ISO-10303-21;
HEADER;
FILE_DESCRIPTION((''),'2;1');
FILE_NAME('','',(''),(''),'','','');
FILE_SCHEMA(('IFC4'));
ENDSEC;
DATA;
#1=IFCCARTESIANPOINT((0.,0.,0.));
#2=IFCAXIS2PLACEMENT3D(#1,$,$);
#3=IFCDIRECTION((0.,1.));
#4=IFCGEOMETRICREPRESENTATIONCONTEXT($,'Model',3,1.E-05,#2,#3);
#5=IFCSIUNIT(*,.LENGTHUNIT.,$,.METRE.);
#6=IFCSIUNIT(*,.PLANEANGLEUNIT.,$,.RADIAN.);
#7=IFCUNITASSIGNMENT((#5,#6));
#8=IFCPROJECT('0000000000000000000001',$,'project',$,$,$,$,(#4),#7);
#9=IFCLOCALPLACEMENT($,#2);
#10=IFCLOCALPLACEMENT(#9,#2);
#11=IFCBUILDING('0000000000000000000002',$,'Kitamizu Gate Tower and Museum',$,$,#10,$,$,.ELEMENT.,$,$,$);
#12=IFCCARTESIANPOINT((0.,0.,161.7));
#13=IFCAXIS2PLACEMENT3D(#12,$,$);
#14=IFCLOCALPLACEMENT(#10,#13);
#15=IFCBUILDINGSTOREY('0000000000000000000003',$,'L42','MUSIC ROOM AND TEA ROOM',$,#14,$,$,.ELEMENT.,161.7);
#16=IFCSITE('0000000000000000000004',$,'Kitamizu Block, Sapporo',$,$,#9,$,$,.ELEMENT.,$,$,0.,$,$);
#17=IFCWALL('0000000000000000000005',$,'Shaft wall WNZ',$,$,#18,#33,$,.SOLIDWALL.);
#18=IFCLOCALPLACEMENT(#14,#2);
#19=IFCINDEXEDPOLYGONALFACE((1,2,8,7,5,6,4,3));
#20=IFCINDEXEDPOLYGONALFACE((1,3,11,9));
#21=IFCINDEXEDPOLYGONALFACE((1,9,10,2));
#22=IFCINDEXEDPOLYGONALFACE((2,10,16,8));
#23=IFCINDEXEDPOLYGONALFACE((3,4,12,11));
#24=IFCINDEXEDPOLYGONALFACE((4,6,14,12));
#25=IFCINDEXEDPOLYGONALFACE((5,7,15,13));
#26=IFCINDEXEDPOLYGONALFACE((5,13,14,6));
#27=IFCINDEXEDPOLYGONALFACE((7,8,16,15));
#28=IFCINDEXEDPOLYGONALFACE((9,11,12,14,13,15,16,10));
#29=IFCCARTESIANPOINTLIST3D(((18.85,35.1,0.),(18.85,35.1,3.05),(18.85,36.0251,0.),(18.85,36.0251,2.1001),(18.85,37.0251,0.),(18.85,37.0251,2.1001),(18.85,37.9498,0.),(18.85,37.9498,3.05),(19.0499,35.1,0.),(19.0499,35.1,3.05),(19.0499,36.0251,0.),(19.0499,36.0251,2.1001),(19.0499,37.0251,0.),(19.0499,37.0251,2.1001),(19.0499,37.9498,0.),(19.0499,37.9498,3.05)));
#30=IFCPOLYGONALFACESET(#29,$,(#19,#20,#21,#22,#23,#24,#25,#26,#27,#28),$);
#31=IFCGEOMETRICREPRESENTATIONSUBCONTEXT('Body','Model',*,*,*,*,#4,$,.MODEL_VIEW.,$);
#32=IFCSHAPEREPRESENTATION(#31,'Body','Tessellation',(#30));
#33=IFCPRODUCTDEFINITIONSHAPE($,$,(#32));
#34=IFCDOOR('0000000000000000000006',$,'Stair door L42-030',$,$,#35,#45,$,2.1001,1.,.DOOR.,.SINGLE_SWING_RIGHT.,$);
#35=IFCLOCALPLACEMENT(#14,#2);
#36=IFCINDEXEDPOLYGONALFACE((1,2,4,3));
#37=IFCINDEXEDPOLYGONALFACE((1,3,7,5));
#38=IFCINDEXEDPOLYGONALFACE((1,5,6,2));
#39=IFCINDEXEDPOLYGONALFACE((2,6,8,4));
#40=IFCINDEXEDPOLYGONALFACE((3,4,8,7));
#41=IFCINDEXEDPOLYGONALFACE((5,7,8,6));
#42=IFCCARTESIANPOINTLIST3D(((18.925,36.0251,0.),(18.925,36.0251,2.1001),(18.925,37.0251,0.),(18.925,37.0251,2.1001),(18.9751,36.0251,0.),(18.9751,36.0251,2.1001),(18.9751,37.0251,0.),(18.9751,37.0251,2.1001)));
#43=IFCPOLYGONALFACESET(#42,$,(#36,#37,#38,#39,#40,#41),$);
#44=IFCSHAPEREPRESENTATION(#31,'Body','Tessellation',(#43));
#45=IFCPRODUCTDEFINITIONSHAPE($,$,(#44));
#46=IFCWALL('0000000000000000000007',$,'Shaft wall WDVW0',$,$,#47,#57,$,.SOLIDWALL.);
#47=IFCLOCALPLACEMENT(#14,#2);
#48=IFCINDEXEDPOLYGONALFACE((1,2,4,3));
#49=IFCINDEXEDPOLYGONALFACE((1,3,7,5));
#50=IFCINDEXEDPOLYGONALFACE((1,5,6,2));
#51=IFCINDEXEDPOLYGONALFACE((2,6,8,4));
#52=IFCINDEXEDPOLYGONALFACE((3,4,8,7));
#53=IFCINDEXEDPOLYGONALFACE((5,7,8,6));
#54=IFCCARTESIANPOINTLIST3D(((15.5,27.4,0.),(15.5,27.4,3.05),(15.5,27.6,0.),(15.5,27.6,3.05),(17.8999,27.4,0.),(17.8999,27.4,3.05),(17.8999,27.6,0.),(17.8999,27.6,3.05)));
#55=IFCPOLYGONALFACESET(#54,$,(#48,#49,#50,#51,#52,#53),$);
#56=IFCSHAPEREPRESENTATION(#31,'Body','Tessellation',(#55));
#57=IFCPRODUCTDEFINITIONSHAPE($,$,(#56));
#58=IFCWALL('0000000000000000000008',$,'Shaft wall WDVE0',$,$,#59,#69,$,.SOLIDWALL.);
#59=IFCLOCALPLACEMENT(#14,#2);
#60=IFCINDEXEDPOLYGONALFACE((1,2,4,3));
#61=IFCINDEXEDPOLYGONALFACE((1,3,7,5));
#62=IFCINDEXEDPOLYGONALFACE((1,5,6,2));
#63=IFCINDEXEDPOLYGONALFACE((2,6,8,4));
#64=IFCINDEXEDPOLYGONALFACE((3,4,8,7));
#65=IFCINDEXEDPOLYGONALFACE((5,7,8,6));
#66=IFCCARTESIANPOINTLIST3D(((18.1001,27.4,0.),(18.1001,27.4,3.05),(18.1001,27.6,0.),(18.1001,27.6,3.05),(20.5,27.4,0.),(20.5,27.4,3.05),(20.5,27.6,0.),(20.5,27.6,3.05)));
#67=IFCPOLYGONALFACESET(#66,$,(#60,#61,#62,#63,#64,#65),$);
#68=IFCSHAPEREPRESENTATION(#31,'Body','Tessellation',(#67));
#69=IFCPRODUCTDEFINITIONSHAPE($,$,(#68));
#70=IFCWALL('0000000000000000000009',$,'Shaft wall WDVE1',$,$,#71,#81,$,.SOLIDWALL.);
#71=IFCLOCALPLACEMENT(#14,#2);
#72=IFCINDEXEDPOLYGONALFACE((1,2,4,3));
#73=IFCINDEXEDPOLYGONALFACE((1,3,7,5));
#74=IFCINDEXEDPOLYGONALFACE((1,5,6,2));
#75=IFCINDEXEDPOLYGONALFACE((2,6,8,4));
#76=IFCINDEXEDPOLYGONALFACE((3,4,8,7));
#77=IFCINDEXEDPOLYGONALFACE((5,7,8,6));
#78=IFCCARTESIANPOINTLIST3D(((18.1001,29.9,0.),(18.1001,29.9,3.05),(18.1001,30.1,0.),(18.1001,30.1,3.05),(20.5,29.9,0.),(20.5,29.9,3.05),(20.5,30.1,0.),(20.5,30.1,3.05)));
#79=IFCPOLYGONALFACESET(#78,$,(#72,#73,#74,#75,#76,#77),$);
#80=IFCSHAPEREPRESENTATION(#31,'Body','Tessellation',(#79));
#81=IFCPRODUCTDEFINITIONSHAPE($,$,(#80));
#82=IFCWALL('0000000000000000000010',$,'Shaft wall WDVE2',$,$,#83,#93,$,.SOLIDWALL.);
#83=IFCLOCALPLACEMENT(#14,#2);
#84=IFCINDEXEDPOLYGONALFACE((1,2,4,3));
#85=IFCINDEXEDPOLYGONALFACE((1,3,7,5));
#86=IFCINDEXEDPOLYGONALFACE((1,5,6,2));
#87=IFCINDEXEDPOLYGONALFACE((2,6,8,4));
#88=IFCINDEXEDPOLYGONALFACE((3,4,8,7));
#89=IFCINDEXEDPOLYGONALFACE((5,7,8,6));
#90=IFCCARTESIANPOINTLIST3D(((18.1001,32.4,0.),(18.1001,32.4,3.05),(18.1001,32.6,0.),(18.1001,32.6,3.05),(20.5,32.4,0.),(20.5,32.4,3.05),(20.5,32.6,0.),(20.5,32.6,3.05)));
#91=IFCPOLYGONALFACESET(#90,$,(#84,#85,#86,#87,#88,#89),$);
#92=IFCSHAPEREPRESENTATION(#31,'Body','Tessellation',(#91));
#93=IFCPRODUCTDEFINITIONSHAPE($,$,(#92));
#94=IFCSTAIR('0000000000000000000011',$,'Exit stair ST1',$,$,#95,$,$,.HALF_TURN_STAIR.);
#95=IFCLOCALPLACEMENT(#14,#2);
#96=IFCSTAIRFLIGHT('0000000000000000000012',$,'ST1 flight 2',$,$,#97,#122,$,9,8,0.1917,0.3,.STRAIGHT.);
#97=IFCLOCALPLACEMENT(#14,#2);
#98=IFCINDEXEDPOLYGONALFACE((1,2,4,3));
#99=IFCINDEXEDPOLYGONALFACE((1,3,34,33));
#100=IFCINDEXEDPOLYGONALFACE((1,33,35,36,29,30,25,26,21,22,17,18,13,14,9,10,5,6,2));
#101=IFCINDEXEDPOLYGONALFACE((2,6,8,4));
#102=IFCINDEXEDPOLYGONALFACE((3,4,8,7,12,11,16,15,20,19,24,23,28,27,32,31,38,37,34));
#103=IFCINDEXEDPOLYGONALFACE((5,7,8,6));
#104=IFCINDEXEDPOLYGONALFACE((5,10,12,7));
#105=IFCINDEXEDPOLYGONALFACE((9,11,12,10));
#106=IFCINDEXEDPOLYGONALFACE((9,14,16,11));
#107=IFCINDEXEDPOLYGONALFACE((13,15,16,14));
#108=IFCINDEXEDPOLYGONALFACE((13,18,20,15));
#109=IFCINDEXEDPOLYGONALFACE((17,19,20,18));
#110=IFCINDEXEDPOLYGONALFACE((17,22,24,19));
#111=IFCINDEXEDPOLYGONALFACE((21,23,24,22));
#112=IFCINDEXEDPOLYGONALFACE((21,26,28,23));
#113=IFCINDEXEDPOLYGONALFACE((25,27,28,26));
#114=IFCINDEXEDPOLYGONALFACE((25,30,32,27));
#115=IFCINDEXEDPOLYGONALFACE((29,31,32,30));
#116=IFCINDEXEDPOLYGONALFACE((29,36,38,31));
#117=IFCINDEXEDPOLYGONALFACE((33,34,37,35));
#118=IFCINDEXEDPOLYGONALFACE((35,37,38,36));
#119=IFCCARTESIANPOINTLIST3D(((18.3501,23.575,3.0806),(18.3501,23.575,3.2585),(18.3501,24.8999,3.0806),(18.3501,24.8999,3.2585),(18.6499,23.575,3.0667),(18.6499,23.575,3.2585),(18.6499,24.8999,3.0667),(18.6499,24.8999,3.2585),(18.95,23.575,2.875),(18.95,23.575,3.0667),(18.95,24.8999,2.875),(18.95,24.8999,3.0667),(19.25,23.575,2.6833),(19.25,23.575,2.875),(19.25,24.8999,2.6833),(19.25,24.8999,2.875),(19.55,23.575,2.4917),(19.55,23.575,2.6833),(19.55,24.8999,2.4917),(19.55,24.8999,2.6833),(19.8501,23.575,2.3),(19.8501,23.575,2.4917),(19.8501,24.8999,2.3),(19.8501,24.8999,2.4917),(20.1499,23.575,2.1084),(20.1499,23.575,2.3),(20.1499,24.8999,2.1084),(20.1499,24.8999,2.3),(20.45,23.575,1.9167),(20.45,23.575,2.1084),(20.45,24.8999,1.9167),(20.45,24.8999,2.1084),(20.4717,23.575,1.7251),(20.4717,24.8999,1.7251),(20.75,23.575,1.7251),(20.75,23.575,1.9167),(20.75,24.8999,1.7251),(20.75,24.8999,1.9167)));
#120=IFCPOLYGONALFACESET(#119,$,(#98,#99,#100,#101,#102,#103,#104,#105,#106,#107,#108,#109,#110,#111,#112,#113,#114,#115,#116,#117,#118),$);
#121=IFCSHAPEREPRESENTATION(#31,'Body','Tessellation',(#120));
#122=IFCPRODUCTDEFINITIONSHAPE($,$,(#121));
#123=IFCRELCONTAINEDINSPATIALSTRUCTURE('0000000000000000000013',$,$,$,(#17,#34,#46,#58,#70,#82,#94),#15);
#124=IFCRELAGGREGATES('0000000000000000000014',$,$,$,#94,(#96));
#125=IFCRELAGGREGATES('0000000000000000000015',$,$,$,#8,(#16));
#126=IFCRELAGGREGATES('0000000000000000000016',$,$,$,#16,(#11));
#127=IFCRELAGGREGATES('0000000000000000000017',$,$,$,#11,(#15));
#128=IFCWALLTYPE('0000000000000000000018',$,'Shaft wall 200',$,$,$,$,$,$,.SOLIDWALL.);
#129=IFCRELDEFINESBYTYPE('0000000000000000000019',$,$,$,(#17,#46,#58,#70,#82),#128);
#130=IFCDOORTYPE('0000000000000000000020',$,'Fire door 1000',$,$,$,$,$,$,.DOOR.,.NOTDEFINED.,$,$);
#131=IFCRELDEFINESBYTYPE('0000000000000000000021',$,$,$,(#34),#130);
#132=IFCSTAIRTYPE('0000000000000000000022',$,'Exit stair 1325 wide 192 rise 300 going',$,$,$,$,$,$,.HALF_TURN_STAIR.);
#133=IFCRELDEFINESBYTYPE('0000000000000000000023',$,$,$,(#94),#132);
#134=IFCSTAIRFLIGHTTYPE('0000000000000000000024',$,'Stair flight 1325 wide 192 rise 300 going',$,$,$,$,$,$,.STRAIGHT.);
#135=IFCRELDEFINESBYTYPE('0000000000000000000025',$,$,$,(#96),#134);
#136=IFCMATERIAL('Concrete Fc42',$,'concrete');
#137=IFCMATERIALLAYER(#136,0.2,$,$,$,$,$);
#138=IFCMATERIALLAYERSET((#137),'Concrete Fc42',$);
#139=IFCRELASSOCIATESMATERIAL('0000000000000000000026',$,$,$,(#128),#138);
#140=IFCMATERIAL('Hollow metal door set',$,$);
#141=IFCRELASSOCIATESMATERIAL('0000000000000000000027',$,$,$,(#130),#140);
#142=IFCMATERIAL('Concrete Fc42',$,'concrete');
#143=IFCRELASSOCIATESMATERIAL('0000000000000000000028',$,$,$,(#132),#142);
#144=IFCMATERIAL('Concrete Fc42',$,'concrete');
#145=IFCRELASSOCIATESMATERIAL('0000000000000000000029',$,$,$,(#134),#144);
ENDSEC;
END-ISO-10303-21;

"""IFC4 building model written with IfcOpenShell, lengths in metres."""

from ifc_helpers import new_model, si_unit, direction, frame, frame_2d, origin, place, context, subcontext, project, spatial, polyline, rectangle, outline, extrude, material, layer, layer_set, type_object, element, fill, aggregate, save


model = new_model("IFC4")

# Units and contexts
model_context = context("Model", 3, precision=1e-05, world=origin(), true_north=direction((0.0, 1.0)))
body_context = subcontext(model_context, "Body", "Model", "MODEL_VIEW")
ifc_project = project(units=[si_unit("LENGTHUNIT", "METRE"), si_unit("PLANEANGLEUNIT", "RADIAN")], contexts=[model_context])

# Site, building, storey
site_placement = place(None, origin())
site = spatial("IfcSite", under=ifc_project, at=site_placement, Name="Kitamizu Block, Sapporo", CompositionType="ELEMENT", RefElevation=0.0)
building_placement = place(site_placement, origin())
building = spatial("IfcBuilding", under=site, at=building_placement, Name="Kitamizu Gate Tower and Museum", CompositionType="ELEMENT")
storey_placement = place(building_placement, frame((0.0, 0.0, 161.7)))
storey = spatial("IfcBuildingStorey", under=building, at=storey_placement, Name="L42", Description="MUSIC ROOM AND TEA ROOM", CompositionType="ELEMENT", Elevation=161.7)

# Shared definitions
ifc_material_1 = material(Name="Concrete Fc42", Category="concrete")
ifc_layer = layer(ifc_material_1, 0.2)
ifc_layer_set = layer_set([ifc_layer], Name="Concrete Fc42")
wall_type = type_object("IfcWallType", Name="Shaft wall 200", PredefinedType="SOLIDWALL", material=ifc_layer_set)
ifc_material_2 = material(Name="Hollow metal door set")
door_type_1 = type_object("IfcDoorType", Name="Fire door 1000", OperationType="NOTDEFINED", PredefinedType="DOOR", material=ifc_material_2)

# Wall, opening, door
wall_1_placement = place(storey_placement, frame((18.95, 35.1001, 0.0), z_axis=(0.0, 0.0, 1.0), x_axis=(0.0, 1.0, 0.0)))
wall_1 = element("IfcWall", 1, at=wall_1_placement, inside=storey, type_object=wall_type, Name="Shaft wall WNZ", PredefinedType="SOLIDWALL", context=body_context, shape_type="SweptSolid", body=[
    extrude(rectangle(XDim=2.8499, YDim=0.2, at=frame_2d((1.4248, 0.0))), origin(), (0.0, 0.0, 1.0), 3.05),
])
opening_1_placement = place(wall_1_placement, frame((0.925, 0.0, 0.0)))
opening_1 = element("IfcOpeningElement", 2, at=opening_1_placement, cuts=wall_1, PredefinedType="OPENING", context=body_context, shape_type="SweptSolid", body=[
    extrude(rectangle(XDim=1.0, YDim=2.1001, at=frame_2d((0.5, 1.05))), frame((0.0, 0.1099, 0.0), z_axis=(0.0, -1.0, 0.0), x_axis=(1.0, 0.0, 0.0)), (0.0, 0.0, 1.0), 0.22),
])
door_1_placement = place(opening_1_placement, origin())
door_1 = element("IfcDoor", 3, at=door_1_placement, inside=storey, type_object=door_type_1, Name="Stair door L42-030", OperationType="SINGLE_SWING_RIGHT", OverallHeight=2.1001, OverallWidth=1.0, PredefinedType="DOOR", context=body_context, shape_type="SweptSolid", body=[
    extrude(rectangle(XDim=1.0, YDim=2.1001, at=frame_2d((0.5, 1.05))), frame((0.0, 0.0249, 0.0), z_axis=(0.0, -1.0, 0.0), x_axis=(1.0, 0.0, 0.0)), (0.0, 0.0, 1.0), 0.05),
])
fill(opening_1, door_1)

# Walls
for number, where, z_axis, x_axis, name in (
    (4, (15.5, 27.5, 0.0), (0.0, 0.0, 1.0), (1.0, 0.0, 0.0), "Shaft wall WDVW0"),
    (5, (18.1001, 27.5, 0.0), (0.0, 0.0, 1.0), (1.0, 0.0, 0.0), "Shaft wall WDVE0"),
    (6, (18.1001, 30.0, 0.0), (0.0, 0.0, 1.0), (1.0, 0.0, 0.0), "Shaft wall WDVE1"),
    (7, (18.1001, 32.5, 0.0), (0.0, 0.0, 1.0), (1.0, 0.0, 0.0), "Shaft wall WDVE2"),
):
    element("IfcWall", number, at=place(storey_placement, frame(where, z_axis=z_axis, x_axis=x_axis)), inside=storey, type_object=wall_type, Name=name, PredefinedType="SOLIDWALL", context=body_context, shape_type="SweptSolid", body=[
        extrude(rectangle(XDim=2.3999, YDim=0.2, at=frame_2d((1.2, 0.0))), origin(), (0.0, 0.0, 1.0), 3.05),
    ])

# Stair, stair flight
ifc_material_3 = material(Name="Concrete Fc42", Category="concrete")
stair_type = type_object("IfcStairType", Name="Exit stair 1325 wide 192 rise 300 going", PredefinedType="HALF_TURN_STAIR", material=ifc_material_3)
stair_placement = place(storey_placement, origin())
stair = element("IfcStair", 8, at=stair_placement, inside=storey, type_object=stair_type, Name="Exit stair ST1", PredefinedType="HALF_TURN_STAIR")
ifc_material_4 = material(Name="Concrete Fc42", Category="concrete")
stair_flight_type = type_object("IfcStairFlightType", Name="Stair flight 1325 wide 192 rise 300 going", PredefinedType="STRAIGHT", material=ifc_material_4)
stair_flight_placement = place(storey_placement, frame((20.75, 24.2375, 1.7251), z_axis=(0.0, 0.0, 1.0), x_axis=(-1.0, 0.0, 0.0)))
stair_flight = element("IfcStairFlight", 9, at=stair_flight_placement, type_object=stair_flight_type, Name="ST1 flight 2", NumberOfRisers=9, NumberOfTreads=8, PredefinedType="STRAIGHT", RiserHeight=0.1917, TreadLength=0.3, context=body_context, shape_type="SweptSolid", body=[
    extrude(outline(polyline([(0.0, 0.0), (0.0, 0.1917), (0.3, 0.1917), (0.3, 0.3833), (0.6001, 0.3833), (0.6001, 0.575), (0.8999, 0.575), (0.8999, 0.7666), (1.2, 0.7666), (1.2, 0.9583), (1.5, 0.9583), (1.5, 1.1499), (1.8, 1.1499), (1.8, 1.3416), (2.1001, 1.3416), (2.1001, 1.5334), (2.3999, 1.5334), (2.3999, 1.7251), (2.3999, 1.3555), (0.2783, 0.0), (0.0, 0.0)])), frame((0.0, 0.6626, 0.0), z_axis=(0.0, -1.0, 0.0), x_axis=(1.0, 0.0, 0.0)), (0.0, 0.0, 1.0), 1.325),
])
aggregate(stair, [stair_flight])

save(model, "model.ifc")
